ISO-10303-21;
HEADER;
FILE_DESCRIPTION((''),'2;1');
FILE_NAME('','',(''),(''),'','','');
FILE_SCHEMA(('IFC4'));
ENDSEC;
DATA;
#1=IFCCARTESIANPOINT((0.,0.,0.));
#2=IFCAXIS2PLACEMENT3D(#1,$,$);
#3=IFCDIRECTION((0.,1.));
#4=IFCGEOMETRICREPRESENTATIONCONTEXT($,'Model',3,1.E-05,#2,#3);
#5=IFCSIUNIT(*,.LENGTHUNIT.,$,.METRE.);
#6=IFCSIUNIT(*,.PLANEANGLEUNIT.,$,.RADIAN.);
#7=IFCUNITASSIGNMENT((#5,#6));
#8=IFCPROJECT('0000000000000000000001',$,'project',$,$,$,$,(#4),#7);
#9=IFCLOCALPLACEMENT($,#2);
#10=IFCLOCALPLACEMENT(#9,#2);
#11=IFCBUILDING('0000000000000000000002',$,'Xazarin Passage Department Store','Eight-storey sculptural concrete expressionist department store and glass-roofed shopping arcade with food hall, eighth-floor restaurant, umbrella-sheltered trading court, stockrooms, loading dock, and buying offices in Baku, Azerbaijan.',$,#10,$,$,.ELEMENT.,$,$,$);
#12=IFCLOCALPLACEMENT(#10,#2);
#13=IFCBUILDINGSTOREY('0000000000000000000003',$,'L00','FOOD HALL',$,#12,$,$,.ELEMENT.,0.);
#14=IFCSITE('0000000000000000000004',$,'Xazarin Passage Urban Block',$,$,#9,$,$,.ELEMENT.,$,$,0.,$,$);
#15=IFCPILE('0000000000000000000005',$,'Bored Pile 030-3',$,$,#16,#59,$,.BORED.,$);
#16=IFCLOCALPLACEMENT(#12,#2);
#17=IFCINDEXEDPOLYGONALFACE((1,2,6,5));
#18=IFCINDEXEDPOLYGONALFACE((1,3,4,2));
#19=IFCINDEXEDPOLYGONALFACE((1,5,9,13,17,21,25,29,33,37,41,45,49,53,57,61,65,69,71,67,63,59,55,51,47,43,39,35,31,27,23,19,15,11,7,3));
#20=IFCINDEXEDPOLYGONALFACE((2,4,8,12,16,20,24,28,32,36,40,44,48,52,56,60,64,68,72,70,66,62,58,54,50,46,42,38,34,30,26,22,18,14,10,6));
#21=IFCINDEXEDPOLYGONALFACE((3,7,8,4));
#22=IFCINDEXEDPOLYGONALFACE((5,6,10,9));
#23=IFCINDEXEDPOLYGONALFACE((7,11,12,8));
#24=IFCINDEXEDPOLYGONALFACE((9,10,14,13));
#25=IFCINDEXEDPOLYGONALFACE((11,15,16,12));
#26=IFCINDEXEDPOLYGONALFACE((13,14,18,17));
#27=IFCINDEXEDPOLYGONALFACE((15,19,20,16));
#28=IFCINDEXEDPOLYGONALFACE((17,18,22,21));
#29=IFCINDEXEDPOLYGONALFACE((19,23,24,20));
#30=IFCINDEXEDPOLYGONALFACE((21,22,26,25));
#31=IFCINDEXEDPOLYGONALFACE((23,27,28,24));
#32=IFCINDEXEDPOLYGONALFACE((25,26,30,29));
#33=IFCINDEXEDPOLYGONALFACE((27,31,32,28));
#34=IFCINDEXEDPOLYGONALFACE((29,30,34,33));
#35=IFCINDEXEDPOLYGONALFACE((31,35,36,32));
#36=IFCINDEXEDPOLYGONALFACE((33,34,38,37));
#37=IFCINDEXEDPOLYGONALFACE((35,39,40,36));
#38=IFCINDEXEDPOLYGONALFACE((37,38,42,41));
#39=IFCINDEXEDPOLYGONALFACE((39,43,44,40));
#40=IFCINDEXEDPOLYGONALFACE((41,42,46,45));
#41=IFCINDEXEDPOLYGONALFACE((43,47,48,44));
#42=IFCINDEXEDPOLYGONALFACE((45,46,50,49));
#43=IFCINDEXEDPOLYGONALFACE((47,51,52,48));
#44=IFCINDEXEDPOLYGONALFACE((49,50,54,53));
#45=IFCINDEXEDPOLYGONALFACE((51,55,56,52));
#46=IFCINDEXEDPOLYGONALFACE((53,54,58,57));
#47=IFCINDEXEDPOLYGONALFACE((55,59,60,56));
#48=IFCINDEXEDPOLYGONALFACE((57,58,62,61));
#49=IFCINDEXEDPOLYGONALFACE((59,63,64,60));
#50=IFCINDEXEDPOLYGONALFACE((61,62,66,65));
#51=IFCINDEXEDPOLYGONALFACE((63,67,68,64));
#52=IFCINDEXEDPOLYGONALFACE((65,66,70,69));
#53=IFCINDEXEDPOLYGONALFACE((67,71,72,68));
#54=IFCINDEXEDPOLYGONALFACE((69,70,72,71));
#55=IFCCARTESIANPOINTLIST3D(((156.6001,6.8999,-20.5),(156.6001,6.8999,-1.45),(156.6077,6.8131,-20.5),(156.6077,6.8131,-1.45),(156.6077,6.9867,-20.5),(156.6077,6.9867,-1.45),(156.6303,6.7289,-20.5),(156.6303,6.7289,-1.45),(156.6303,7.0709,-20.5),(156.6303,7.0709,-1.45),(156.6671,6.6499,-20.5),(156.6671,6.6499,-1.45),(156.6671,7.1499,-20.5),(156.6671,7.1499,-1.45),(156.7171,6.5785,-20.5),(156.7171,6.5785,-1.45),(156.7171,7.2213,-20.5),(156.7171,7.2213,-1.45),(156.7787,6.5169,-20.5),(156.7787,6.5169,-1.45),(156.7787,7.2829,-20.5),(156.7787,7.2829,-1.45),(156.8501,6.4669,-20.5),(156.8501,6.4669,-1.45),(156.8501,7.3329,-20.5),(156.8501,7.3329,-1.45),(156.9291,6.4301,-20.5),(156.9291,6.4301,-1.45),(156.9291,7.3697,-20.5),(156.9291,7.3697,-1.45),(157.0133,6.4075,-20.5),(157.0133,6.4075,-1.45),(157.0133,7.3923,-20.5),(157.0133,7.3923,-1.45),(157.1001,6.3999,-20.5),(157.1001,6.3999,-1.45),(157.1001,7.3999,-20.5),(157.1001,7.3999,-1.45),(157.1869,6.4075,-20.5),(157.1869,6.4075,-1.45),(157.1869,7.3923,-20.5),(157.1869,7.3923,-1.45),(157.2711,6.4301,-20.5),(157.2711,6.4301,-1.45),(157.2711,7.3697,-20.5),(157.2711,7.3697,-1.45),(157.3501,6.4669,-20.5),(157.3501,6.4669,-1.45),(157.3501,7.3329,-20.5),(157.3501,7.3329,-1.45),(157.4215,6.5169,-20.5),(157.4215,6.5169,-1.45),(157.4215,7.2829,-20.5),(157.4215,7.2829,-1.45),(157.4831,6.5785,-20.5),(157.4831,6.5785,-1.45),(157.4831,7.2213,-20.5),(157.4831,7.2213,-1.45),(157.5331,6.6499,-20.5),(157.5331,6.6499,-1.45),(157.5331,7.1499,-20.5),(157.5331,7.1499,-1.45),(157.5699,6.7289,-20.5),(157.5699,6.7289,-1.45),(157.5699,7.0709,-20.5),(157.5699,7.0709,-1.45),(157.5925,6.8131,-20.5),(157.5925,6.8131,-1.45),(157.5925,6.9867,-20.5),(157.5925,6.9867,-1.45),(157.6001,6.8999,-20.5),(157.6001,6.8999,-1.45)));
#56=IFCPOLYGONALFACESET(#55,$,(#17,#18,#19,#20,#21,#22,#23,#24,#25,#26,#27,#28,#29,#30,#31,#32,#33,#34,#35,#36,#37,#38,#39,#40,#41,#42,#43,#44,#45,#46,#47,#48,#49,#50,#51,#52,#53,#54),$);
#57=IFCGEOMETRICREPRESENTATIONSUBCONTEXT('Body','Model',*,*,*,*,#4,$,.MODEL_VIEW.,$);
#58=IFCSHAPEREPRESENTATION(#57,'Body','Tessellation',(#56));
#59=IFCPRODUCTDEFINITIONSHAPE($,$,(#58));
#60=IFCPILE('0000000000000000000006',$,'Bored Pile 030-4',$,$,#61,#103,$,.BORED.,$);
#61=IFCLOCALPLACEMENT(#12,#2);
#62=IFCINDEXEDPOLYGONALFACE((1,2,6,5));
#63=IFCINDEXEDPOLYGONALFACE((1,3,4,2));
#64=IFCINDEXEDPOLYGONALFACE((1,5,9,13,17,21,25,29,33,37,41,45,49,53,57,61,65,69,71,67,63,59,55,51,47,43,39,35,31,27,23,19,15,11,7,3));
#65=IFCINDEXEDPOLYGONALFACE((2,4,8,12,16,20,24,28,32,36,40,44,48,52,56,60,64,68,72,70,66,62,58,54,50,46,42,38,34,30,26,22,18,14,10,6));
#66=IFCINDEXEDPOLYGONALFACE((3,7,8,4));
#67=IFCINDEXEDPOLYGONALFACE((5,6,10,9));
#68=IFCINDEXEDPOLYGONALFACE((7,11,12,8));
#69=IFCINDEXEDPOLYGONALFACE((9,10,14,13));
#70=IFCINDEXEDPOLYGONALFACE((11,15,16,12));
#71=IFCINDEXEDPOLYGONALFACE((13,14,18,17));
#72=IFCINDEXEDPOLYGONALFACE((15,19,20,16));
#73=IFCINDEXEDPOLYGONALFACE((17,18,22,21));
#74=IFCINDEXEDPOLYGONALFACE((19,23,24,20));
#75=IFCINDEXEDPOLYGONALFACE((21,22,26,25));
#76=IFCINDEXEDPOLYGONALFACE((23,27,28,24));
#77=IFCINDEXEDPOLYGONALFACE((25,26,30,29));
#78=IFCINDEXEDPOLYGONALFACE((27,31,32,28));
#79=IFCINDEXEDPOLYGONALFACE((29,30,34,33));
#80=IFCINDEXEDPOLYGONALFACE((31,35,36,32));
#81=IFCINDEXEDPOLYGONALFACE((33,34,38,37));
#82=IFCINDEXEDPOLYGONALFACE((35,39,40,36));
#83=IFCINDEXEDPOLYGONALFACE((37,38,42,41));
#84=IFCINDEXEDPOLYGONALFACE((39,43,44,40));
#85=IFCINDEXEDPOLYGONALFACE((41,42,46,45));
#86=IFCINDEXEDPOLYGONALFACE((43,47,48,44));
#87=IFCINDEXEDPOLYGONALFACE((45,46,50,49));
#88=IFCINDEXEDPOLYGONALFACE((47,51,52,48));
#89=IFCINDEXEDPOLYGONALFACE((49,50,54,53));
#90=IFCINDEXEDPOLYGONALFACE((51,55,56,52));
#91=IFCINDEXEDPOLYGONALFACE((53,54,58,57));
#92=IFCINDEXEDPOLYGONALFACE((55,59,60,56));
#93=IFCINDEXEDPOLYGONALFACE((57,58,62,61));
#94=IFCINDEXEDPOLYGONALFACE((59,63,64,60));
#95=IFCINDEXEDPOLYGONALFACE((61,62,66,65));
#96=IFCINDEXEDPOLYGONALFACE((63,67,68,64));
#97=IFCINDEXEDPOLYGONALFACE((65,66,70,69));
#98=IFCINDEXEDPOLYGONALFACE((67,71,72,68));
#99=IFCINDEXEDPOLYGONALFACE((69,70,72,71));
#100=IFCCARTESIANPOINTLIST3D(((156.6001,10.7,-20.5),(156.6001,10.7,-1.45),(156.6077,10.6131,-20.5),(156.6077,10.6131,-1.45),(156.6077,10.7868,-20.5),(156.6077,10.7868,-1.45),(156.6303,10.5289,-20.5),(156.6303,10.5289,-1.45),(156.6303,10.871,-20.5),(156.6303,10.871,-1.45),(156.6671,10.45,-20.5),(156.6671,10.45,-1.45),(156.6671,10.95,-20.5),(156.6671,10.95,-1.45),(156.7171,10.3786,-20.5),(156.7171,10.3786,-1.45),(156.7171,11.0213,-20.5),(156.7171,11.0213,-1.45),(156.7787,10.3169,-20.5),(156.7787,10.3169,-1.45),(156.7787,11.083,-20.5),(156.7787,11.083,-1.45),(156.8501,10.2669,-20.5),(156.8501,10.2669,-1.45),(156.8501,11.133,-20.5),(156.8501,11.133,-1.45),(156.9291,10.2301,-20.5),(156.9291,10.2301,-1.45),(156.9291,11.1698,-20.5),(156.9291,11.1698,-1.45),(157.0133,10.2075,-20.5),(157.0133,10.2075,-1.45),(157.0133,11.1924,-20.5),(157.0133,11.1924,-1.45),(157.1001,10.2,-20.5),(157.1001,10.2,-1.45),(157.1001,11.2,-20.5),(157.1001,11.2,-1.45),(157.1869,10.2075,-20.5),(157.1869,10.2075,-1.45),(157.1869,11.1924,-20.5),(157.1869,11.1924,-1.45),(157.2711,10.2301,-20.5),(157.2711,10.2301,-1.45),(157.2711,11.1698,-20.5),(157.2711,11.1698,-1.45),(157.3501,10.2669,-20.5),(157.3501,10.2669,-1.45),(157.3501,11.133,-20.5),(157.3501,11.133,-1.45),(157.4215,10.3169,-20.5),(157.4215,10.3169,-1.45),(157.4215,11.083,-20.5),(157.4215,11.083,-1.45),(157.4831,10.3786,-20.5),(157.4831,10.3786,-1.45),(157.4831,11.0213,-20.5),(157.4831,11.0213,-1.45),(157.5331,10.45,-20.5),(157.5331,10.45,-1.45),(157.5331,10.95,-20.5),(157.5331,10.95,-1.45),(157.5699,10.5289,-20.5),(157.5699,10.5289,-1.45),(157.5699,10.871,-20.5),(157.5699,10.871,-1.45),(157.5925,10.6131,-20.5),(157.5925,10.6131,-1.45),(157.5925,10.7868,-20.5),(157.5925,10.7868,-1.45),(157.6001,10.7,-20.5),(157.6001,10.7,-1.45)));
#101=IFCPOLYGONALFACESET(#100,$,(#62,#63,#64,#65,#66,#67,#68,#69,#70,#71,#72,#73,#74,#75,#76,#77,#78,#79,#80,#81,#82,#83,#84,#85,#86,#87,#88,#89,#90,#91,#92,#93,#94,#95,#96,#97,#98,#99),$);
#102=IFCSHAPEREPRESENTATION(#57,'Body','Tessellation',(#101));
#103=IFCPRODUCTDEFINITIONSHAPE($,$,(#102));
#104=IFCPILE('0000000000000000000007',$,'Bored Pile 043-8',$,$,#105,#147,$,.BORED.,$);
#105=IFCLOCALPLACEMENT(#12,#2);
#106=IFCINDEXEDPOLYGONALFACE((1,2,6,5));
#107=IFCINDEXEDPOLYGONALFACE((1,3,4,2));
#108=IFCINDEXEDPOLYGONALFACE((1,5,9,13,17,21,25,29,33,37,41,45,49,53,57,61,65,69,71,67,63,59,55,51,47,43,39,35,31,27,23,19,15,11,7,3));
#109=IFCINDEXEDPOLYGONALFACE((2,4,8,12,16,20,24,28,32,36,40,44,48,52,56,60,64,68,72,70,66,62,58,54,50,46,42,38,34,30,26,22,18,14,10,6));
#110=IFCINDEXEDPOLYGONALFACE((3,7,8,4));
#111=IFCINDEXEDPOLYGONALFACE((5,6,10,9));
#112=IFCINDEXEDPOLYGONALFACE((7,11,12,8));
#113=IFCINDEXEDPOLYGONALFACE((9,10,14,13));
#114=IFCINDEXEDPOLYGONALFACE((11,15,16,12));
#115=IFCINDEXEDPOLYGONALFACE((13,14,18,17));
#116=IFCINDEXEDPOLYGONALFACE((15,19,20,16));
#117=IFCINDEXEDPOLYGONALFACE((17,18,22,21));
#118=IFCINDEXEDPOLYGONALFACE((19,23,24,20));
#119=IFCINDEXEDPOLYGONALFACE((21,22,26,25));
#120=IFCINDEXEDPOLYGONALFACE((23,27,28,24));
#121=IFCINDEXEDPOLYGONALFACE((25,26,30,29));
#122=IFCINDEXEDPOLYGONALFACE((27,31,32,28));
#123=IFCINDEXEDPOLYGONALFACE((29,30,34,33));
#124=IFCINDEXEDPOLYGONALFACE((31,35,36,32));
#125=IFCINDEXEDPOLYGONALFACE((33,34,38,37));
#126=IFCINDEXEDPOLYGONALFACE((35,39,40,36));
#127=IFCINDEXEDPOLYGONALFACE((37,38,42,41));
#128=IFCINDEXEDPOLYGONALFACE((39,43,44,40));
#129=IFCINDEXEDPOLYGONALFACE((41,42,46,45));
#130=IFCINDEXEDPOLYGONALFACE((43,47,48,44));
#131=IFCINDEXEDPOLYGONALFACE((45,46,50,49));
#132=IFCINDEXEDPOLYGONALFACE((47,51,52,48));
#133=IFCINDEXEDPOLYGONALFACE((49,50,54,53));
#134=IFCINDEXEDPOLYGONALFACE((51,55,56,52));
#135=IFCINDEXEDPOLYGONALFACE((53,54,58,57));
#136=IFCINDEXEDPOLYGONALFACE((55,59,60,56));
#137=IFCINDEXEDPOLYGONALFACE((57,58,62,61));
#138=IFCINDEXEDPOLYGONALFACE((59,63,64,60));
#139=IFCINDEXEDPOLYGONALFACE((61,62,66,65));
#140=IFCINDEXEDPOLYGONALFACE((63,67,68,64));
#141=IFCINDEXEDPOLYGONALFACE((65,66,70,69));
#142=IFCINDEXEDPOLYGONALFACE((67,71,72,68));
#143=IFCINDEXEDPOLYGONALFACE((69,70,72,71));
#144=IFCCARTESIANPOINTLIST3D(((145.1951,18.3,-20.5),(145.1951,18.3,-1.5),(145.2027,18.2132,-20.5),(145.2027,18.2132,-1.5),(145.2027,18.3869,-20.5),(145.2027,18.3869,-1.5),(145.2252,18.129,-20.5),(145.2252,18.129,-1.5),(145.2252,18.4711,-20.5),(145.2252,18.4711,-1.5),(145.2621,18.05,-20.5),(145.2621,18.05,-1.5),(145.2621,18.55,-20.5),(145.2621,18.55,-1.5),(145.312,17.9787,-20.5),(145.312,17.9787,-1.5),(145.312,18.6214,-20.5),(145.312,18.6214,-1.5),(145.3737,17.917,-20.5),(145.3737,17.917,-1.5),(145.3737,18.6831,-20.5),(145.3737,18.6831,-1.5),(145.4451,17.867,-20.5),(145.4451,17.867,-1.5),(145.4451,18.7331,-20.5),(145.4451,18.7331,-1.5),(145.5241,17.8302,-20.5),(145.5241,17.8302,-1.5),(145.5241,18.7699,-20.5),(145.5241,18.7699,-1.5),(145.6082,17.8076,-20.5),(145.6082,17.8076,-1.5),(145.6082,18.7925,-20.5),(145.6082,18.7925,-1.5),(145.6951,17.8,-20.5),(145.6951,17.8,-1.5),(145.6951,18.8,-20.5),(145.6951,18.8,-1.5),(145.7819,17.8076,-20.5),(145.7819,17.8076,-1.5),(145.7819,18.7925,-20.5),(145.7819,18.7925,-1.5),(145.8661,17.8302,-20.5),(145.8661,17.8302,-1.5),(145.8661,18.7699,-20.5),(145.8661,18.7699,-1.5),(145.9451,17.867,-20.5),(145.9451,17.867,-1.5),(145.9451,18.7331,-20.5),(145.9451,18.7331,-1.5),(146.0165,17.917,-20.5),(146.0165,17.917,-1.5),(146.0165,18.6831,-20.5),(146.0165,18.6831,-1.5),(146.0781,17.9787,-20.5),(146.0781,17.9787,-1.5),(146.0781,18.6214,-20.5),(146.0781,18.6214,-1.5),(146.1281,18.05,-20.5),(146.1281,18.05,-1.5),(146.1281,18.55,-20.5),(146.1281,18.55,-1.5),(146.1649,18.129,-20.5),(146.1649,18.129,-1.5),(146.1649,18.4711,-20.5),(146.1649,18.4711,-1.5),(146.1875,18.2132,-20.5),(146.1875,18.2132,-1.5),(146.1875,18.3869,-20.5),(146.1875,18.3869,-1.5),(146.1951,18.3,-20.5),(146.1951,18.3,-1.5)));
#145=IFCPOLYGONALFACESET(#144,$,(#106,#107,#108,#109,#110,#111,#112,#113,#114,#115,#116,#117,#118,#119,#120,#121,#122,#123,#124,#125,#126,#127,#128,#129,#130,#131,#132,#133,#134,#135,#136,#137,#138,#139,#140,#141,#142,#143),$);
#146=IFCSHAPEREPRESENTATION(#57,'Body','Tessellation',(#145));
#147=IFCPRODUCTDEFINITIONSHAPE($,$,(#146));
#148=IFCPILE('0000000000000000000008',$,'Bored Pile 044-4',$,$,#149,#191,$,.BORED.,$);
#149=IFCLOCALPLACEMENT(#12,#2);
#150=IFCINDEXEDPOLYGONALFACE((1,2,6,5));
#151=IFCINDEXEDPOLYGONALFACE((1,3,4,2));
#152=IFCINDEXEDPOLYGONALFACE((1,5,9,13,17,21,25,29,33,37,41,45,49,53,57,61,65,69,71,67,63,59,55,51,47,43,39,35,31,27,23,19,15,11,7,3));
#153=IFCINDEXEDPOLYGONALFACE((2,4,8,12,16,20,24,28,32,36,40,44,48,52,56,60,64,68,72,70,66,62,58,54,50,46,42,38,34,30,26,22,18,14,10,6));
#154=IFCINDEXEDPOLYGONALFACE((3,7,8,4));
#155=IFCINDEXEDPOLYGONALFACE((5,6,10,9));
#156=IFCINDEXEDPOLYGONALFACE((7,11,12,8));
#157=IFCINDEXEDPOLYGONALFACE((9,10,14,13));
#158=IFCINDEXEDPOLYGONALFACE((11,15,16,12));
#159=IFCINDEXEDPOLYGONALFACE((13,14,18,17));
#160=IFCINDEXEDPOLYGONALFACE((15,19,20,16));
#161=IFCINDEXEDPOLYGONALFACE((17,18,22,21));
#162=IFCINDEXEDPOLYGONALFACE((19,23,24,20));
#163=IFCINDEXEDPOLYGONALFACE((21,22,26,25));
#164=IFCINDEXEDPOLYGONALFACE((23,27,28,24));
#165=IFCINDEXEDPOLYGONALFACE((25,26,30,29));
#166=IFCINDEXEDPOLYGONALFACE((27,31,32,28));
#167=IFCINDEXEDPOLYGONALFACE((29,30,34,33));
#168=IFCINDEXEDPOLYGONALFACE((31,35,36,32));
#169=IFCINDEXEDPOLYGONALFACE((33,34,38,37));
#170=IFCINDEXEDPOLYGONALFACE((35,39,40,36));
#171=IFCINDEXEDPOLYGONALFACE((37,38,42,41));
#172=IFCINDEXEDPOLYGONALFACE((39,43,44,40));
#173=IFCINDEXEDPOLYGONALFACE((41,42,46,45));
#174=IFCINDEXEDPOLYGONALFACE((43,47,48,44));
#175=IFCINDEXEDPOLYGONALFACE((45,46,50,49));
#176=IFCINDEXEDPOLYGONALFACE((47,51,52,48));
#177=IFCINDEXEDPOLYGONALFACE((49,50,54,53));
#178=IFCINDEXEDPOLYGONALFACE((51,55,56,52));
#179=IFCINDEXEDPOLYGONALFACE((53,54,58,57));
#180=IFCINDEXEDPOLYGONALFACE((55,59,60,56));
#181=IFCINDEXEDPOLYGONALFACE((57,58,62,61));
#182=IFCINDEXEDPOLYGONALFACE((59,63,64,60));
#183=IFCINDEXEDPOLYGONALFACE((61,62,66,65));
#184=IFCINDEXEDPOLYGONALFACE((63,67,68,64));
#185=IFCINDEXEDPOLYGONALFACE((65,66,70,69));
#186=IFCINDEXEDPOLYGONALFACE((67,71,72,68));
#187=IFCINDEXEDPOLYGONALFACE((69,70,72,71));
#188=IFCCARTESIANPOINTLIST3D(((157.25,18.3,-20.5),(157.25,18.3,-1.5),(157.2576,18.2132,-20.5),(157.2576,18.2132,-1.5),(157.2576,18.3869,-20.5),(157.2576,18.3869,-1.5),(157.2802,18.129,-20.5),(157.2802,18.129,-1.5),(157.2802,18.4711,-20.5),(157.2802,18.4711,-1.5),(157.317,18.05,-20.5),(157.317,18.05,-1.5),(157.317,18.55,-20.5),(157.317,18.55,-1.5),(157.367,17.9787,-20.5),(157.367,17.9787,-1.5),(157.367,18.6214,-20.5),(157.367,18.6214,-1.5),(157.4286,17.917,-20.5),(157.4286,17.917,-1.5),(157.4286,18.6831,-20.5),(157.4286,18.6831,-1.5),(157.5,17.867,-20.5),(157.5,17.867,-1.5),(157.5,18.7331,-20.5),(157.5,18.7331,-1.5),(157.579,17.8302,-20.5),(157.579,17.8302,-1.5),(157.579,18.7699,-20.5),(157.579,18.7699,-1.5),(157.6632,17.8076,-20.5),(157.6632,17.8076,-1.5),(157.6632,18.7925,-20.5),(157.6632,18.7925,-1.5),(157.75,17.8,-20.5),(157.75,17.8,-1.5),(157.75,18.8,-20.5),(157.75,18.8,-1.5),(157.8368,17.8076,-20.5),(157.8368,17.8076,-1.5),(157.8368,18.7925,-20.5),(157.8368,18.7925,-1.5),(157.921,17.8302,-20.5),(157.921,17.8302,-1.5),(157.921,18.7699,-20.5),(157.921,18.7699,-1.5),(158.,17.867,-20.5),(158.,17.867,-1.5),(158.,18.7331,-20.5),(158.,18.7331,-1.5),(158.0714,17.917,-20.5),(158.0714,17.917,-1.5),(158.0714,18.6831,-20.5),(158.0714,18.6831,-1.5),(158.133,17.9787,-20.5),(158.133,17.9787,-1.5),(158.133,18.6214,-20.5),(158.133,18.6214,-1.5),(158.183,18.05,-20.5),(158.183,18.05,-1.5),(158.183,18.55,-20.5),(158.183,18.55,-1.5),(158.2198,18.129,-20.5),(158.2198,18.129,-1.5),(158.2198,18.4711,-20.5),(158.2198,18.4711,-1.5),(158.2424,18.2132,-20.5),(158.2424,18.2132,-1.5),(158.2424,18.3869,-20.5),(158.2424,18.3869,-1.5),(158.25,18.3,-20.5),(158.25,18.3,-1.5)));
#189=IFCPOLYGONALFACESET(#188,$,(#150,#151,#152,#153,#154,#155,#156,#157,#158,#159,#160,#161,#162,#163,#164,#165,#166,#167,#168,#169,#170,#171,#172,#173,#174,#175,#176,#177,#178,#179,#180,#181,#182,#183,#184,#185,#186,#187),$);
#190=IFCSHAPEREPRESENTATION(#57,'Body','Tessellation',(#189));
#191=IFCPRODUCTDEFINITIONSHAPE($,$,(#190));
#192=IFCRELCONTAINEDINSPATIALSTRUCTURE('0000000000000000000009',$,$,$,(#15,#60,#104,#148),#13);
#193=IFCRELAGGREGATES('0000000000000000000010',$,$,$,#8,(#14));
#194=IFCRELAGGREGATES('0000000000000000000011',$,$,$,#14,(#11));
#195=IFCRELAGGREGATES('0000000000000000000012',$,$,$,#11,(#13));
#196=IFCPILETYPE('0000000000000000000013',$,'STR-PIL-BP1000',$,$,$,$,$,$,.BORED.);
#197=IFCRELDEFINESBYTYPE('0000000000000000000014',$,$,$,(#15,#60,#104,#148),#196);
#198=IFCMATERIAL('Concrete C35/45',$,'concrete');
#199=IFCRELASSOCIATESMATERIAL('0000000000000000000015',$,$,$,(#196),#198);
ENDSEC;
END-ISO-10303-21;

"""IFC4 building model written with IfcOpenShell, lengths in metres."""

from ifc_helpers import new_model, si_unit, direction, frame, origin, origin_2d, place, context, subcontext, project, spatial, circle, extrude, material, material_profile, profile_set, type_object, element, save


model = new_model("IFC4")

# Units and contexts
model_context = context("Model", 3, precision=1e-05, world=origin(), true_north=direction((0.0, 1.0)))
body_context = subcontext(model_context, "Body", "Model", "MODEL_VIEW")
ifc_project = project(units=[si_unit("LENGTHUNIT", "METRE"), si_unit("PLANEANGLEUNIT", "RADIAN")], contexts=[model_context])

# Site, building, storey
site_placement = place(None, origin())
site = spatial("IfcSite", under=ifc_project, at=site_placement, Name="Xazarin Passage Urban Block", CompositionType="ELEMENT", RefElevation=0.0)
building_placement = place(site_placement, origin())
building = spatial("IfcBuilding", under=site, at=building_placement, Name="Xazarin Passage Department Store", Description="Eight-storey sculptural concrete expressionist department store and glass-roofed shopping arcade with food hall, eighth-floor restaurant, umbrella-sheltered trading court, stockrooms, loading dock, and buying offices in Baku, Azerbaijan.", CompositionType="ELEMENT")
storey_placement = place(building_placement, origin())
storey = spatial("IfcBuildingStorey", under=building, at=storey_placement, Name="L00", Description="FOOD HALL", CompositionType="ELEMENT", Elevation=0.0)

# Shared definitions
ifc_material_1 = material(Name="Concrete C35/45", Category="concrete")

# Piles
ifc_material_profile_1 = material_profile(ifc_material_1, circle(Radius=0.5, at=origin_2d()), Name="BP 1000")
ifc_profile_set_1 = profile_set([ifc_material_profile_1], Name="Concrete C35/45")
pile_type_1 = type_object("IfcPileType", Name="STR-PIL-BP1000", PredefinedType="BORED", material=ifc_profile_set_1)
for number, where, z_axis, x_axis, name in (
    (1, (157.1001, 6.8999, -1.45), (0.0, 0.0, -1.0), (1.0, 0.0, 0.0), "Bored Pile 030-3"),
    (2, (157.1001, 10.7, -1.45), (0.0, 0.0, -1.0), (1.0, 0.0, 0.0), "Bored Pile 030-4"),
):
    element("IfcPile", number, at=place(storey_placement, frame(where, z_axis=z_axis, x_axis=x_axis)), inside=storey, type_object=pile_type_1, Name=name, PredefinedType="BORED", context=body_context, shape_type="SweptSolid", body=[
        extrude(circle(Radius=0.5, at=origin_2d()), origin(), (0.0, 0.0, 1.0), 19.05),
    ])
for number, where, z_axis, x_axis, name in (
    (3, (145.6951, 18.3, -1.5), (0.0, 0.0, -1.0), (1.0, 0.0, 0.0), "Bored Pile 043-8"),
    (4, (157.75, 18.3, -1.5), (0.0, 0.0, -1.0), (1.0, 0.0, 0.0), "Bored Pile 044-4"),
):
    element("IfcPile", number, at=place(storey_placement, frame(where, z_axis=z_axis, x_axis=x_axis)), inside=storey, type_object=pile_type_1, Name=name, PredefinedType="BORED", context=body_context, shape_type="SweptSolid", body=[
        extrude(circle(Radius=0.5, at=origin_2d()), origin(), (0.0, 0.0, 1.0), 19.0),
    ])

save(model, "model.ifc")
